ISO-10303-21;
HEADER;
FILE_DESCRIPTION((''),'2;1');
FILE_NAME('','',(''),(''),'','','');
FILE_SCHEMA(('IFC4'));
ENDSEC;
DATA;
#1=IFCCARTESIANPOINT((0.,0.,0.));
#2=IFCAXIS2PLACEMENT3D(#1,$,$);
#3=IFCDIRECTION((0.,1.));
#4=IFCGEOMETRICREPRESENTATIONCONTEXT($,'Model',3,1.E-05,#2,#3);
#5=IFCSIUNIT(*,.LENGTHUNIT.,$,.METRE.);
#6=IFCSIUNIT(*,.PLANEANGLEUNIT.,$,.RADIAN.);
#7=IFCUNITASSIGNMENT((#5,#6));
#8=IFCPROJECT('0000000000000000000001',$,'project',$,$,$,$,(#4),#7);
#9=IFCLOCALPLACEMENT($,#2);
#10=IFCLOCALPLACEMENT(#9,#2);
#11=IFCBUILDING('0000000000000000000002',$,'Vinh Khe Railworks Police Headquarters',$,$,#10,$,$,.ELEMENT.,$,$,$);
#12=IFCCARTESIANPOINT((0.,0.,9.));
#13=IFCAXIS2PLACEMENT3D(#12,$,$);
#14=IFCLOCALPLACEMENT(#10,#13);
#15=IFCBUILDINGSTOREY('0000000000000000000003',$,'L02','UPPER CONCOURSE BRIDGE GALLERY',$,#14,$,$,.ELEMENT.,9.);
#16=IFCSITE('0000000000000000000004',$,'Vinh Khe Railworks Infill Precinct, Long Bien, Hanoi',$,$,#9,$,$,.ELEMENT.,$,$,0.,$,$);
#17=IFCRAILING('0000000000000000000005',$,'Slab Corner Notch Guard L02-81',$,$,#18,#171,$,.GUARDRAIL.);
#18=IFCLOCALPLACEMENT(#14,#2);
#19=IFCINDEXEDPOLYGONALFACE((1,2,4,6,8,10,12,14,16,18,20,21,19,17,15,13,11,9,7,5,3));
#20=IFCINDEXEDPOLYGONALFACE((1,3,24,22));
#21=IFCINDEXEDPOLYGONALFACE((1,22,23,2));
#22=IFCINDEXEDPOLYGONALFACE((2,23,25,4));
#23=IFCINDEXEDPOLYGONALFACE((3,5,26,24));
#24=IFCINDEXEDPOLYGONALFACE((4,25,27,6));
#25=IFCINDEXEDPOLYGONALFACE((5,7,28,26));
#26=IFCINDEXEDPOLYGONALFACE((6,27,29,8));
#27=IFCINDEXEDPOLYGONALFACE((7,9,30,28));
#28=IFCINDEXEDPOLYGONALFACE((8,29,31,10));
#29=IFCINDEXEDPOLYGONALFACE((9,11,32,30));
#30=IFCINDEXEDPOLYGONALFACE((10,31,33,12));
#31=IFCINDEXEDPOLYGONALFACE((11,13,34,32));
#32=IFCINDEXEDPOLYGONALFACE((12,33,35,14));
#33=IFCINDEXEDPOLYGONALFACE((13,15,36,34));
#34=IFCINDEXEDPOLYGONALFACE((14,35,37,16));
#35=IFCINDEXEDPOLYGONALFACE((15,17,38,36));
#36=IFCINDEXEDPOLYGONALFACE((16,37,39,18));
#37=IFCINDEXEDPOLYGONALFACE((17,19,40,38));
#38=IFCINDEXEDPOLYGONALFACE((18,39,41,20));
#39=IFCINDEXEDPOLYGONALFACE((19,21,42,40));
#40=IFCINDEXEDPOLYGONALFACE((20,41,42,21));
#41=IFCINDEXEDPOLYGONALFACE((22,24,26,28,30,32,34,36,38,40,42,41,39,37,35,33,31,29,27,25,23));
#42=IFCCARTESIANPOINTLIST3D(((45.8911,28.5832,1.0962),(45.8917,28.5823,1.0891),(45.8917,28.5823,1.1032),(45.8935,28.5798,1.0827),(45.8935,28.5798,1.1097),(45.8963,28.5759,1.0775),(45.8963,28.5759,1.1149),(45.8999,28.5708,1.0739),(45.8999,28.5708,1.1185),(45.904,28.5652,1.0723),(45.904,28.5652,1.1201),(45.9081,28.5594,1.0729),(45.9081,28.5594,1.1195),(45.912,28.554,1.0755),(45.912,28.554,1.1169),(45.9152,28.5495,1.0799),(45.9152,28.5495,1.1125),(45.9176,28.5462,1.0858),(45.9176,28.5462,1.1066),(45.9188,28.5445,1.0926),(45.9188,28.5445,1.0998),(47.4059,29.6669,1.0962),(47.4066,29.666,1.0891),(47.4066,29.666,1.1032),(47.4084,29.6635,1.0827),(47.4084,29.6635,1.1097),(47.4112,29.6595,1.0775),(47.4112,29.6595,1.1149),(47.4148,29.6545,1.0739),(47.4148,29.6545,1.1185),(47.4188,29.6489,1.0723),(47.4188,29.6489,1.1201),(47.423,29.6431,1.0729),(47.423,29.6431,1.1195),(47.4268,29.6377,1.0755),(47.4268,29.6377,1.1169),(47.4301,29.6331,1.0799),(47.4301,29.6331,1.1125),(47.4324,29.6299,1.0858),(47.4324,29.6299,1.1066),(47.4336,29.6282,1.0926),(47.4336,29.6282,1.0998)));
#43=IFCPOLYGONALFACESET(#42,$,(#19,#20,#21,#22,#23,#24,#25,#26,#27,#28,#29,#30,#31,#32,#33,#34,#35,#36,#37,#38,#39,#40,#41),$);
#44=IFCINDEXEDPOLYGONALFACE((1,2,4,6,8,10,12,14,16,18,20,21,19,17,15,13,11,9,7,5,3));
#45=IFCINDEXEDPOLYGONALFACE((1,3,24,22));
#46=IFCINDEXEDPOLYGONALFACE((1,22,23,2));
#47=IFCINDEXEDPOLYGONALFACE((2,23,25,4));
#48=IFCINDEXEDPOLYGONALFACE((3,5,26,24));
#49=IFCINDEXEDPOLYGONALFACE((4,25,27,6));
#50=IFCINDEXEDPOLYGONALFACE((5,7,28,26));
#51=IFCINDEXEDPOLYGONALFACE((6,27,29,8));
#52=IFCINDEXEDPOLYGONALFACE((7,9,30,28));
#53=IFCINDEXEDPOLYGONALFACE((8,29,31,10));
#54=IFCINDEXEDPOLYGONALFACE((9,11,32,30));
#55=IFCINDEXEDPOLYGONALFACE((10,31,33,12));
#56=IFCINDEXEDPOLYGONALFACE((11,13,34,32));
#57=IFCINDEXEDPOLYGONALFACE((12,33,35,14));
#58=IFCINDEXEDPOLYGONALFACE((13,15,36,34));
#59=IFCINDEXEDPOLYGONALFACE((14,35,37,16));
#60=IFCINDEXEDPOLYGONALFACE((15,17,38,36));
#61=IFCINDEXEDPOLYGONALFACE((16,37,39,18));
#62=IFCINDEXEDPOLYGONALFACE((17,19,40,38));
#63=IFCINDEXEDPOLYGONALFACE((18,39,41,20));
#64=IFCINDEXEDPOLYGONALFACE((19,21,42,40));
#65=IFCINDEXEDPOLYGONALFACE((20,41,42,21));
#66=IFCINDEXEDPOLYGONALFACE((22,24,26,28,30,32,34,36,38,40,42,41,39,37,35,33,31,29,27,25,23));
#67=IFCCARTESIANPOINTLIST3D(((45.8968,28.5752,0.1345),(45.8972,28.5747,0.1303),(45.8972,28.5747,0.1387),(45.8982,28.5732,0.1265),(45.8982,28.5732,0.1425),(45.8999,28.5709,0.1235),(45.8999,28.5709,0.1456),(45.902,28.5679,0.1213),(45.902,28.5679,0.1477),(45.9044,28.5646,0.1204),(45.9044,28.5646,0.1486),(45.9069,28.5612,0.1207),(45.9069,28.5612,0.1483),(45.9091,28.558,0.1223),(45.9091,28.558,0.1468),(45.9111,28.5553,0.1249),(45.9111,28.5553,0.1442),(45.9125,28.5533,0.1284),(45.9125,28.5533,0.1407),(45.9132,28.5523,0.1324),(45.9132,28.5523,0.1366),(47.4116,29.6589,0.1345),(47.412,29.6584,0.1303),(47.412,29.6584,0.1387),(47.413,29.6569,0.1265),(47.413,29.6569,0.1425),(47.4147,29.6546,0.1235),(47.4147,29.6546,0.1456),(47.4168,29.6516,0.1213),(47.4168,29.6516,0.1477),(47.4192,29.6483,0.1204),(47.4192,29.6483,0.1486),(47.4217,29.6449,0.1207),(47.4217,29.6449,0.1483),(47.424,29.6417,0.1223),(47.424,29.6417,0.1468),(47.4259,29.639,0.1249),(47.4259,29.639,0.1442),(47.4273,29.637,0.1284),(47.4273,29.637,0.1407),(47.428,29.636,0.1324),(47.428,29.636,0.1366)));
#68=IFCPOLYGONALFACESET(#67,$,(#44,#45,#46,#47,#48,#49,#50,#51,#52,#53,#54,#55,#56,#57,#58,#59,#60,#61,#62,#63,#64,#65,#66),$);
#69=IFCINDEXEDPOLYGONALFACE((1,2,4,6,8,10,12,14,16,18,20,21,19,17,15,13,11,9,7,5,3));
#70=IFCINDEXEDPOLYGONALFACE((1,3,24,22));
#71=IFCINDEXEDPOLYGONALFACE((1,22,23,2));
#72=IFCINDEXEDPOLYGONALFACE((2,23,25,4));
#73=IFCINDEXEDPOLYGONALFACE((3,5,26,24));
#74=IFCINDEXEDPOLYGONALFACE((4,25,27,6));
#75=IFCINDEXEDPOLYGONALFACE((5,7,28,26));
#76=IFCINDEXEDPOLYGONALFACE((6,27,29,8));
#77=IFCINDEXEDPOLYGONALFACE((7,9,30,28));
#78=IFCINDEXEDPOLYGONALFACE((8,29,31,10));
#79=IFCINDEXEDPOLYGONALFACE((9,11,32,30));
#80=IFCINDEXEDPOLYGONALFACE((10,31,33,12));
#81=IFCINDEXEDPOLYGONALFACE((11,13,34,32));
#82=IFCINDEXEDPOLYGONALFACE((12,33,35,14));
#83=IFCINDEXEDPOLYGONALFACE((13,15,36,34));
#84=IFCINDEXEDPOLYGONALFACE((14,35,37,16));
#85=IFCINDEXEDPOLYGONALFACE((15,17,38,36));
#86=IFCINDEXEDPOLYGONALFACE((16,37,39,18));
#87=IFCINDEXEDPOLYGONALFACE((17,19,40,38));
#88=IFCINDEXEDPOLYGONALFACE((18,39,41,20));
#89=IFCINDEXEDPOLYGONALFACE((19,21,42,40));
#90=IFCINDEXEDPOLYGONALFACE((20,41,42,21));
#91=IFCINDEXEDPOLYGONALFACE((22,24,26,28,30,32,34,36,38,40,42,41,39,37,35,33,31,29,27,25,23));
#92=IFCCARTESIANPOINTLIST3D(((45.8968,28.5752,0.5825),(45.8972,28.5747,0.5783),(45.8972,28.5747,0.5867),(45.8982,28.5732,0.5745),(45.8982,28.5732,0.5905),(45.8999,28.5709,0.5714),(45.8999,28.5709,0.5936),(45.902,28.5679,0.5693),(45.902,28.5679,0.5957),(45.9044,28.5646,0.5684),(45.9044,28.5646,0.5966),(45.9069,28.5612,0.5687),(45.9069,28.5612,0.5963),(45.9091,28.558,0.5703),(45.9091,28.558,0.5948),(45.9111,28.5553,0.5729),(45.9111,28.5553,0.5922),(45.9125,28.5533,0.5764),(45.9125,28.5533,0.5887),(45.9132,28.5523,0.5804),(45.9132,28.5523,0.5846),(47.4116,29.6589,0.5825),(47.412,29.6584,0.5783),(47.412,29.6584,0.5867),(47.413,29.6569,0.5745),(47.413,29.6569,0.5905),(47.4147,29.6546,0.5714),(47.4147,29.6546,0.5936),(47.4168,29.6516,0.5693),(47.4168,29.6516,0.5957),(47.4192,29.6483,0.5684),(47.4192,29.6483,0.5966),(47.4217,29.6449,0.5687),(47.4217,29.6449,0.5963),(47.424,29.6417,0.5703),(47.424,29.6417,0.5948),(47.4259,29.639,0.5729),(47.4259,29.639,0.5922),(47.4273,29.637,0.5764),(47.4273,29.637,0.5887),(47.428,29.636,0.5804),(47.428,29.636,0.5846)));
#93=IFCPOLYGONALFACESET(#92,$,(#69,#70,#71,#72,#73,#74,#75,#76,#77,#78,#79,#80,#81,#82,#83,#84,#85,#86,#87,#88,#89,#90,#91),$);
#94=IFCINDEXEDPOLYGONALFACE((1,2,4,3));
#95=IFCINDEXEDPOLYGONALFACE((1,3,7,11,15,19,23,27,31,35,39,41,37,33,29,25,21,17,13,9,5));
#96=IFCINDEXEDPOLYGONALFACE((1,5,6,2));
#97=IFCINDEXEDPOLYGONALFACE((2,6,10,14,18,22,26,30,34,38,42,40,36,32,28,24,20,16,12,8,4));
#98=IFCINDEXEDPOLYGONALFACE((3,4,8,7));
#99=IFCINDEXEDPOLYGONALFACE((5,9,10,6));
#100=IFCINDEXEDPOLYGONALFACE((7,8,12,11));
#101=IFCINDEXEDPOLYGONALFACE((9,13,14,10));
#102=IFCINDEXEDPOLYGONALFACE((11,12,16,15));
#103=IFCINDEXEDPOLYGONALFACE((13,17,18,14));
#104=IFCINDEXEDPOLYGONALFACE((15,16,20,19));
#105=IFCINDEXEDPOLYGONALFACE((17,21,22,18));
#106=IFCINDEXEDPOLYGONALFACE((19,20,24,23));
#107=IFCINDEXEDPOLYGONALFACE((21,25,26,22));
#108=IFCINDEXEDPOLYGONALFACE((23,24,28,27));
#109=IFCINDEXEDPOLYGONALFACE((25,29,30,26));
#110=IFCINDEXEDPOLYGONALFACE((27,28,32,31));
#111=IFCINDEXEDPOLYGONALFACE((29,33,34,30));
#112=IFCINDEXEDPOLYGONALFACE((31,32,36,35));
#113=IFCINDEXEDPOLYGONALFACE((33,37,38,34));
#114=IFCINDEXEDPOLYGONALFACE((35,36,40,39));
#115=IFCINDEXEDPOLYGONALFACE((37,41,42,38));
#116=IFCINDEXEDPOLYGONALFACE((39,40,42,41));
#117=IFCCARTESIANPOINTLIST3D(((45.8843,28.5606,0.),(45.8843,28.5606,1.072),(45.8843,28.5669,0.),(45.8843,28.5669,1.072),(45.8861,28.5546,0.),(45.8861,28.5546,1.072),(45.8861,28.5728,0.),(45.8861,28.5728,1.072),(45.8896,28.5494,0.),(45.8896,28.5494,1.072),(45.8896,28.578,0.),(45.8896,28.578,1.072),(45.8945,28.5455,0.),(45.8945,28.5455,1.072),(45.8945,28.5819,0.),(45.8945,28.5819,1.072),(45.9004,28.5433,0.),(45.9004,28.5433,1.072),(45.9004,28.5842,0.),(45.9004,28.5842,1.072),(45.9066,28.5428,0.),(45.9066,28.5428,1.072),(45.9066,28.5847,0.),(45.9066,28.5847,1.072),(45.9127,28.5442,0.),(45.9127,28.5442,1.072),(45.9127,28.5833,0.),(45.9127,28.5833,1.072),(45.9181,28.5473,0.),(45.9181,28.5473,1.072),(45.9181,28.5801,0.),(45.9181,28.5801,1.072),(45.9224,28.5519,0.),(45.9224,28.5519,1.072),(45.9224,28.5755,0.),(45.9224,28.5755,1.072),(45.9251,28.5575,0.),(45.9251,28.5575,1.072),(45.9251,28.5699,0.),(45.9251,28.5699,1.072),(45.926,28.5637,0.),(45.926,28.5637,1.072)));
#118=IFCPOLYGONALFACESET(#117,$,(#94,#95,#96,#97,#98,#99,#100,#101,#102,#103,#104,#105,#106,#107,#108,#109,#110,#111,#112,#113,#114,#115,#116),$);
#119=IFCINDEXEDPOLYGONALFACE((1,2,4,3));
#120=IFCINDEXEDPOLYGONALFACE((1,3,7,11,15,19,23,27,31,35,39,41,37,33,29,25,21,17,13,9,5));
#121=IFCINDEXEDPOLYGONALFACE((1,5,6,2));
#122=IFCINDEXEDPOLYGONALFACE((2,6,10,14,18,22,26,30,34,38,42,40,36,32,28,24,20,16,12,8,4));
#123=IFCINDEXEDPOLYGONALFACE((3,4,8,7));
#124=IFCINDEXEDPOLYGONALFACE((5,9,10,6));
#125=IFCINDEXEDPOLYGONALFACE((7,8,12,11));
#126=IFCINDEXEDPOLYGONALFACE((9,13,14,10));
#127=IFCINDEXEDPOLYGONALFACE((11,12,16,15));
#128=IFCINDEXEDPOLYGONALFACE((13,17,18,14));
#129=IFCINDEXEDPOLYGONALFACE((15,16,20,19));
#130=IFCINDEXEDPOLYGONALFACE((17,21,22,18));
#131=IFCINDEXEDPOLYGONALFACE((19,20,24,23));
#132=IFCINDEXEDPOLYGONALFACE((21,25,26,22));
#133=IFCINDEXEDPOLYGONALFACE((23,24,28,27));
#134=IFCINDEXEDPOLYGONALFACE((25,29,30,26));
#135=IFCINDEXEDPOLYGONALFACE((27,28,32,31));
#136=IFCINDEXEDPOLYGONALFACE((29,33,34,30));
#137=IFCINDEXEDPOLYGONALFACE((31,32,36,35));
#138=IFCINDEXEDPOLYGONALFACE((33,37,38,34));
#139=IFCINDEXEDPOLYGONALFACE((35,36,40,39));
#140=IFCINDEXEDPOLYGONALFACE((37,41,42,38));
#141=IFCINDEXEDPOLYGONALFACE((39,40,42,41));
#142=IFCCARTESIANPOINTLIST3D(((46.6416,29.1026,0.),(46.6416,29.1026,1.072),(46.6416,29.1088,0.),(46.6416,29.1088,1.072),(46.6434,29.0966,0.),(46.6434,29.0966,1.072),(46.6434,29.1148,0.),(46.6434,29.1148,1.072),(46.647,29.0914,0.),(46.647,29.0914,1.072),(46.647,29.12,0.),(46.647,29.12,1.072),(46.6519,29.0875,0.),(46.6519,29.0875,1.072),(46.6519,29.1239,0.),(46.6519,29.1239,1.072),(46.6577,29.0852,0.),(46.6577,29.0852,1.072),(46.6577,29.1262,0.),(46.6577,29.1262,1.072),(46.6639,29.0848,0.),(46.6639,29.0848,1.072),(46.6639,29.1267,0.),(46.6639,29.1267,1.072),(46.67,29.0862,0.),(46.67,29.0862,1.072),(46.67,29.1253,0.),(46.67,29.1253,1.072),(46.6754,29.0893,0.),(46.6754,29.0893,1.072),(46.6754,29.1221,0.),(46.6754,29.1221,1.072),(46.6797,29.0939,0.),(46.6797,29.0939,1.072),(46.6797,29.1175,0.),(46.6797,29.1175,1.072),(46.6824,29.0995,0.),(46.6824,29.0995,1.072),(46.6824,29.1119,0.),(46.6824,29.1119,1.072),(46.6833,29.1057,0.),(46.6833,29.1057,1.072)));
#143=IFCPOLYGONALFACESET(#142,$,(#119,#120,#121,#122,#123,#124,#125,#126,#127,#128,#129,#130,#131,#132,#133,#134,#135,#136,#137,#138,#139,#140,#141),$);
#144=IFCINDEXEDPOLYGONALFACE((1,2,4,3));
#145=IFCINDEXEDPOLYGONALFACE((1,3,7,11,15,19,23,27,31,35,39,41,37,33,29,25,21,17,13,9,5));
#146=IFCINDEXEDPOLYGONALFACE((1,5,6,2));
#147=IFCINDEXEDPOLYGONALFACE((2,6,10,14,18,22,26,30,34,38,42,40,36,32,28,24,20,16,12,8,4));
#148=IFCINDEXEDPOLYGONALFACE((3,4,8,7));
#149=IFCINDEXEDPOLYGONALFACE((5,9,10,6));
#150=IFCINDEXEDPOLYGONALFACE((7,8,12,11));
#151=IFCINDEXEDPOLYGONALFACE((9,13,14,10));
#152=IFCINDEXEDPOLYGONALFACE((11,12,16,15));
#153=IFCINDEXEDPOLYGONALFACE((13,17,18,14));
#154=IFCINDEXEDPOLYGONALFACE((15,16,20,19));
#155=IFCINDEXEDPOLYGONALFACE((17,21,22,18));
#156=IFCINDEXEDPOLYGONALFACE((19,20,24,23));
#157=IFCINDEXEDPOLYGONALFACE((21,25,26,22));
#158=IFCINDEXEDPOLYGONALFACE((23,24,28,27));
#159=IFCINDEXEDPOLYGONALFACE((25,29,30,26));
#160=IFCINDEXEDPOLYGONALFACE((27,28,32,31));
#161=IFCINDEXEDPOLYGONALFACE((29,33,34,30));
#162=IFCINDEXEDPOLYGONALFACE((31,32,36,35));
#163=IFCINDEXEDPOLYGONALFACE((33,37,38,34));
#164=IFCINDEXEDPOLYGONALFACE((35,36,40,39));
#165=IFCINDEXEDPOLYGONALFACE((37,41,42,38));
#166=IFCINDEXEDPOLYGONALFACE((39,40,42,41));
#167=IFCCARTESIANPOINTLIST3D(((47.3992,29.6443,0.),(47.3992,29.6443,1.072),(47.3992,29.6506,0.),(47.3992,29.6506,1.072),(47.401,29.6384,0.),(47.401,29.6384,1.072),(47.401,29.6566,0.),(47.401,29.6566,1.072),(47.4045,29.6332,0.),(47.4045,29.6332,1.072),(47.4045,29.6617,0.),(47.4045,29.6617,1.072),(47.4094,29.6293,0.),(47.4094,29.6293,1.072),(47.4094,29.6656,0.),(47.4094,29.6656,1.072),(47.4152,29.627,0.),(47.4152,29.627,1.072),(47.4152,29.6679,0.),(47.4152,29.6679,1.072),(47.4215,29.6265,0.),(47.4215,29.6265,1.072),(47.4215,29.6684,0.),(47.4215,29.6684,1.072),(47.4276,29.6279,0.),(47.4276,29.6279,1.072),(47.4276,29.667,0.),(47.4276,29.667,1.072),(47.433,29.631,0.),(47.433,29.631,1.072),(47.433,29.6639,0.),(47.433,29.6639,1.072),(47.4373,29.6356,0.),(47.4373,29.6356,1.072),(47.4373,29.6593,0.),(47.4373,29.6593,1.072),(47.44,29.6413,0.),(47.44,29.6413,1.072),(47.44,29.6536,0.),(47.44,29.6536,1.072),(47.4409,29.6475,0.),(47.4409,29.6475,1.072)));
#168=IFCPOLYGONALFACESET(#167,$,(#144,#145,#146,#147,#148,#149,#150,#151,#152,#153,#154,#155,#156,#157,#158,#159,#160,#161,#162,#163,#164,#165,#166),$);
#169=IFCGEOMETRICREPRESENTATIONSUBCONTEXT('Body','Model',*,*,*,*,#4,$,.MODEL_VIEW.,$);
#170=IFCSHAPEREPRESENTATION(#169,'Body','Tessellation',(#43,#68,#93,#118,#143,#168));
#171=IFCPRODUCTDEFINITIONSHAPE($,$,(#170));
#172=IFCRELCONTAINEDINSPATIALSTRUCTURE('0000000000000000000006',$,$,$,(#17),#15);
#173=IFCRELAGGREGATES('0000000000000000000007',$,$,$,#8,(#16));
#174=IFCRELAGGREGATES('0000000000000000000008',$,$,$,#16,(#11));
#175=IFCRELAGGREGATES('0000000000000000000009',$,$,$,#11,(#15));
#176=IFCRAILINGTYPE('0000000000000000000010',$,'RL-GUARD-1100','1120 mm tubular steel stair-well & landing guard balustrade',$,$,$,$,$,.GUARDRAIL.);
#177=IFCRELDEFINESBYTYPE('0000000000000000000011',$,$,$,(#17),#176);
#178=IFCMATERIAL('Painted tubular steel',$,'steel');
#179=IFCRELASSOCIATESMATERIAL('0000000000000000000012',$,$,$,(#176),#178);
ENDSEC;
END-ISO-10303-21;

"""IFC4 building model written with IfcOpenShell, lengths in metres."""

from ifc_helpers import new_model, si_unit, direction, frame, origin, origin_2d, place, context, subcontext, project, spatial, circle, extrude, material, type_object, element, save


model = new_model("IFC4")

# Units and contexts
model_context = context("Model", 3, precision=1e-05, world=origin(), true_north=direction((0.0, 1.0)))
body_context = subcontext(model_context, "Body", "Model", "MODEL_VIEW")
ifc_project = project(units=[si_unit("LENGTHUNIT", "METRE"), si_unit("PLANEANGLEUNIT", "RADIAN")], contexts=[model_context])

# Site, building, storey
site_placement = place(None, origin())
site = spatial("IfcSite", under=ifc_project, at=site_placement, Name="Vinh Khe Railworks Infill Precinct, Long Bien, Hanoi", CompositionType="ELEMENT", RefElevation=0.0)
building_placement = place(site_placement, origin())
building = spatial("IfcBuilding", under=site, at=building_placement, Name="Vinh Khe Railworks Police Headquarters", CompositionType="ELEMENT")
storey_placement = place(building_placement, frame((0.0, 0.0, 9.0)))
storey = spatial("IfcBuildingStorey", under=building, at=storey_placement, Name="L02", Description="UPPER CONCOURSE BRIDGE GALLERY", CompositionType="ELEMENT", Elevation=9.0)

# Railing
ifc_material_1 = material(Name="Painted tubular steel", Category="steel")
railing_type_1 = type_object("IfcRailingType", Name="RL-GUARD-1100", Description="1120 mm tubular steel stair-well & landing guard balustrade", PredefinedType="GUARDRAIL", material=ifc_material_1)
railing_1_placement = place(storey_placement, frame((45.905, 28.5637, 0.0)))
element("IfcRailing", 1, at=railing_1_placement, inside=storey, type_object=railing_type_1, Name="Slab Corner Notch Guard L02-81", PredefinedType="GUARDRAIL", context=body_context, shape_type="SweptSolid", body=[
    extrude(circle(Radius=0.0239, at=origin_2d()), frame((0.0, 0.0, 1.0962), z_axis=(0.813308, 0.581833, 0.0), x_axis=(-0.581833, 0.813308, 0.0)), (0.0, 0.0, 1.0), 1.8625),
    extrude(circle(Radius=0.0142, at=origin_2d()), frame((0.0, 0.0, 0.1345), z_axis=(0.813308, 0.581833, 0.0), x_axis=(-0.581833, 0.813308, 0.0)), (0.0, 0.0, 1.0), 1.8625),
    extrude(circle(Radius=0.0142, at=origin_2d()), frame((0.0, 0.0, 0.5825), z_axis=(0.813308, 0.581833, 0.0), x_axis=(-0.581833, 0.813308, 0.0)), (0.0, 0.0, 1.0), 1.8625),
    extrude(circle(Radius=0.021, at=origin_2d()), origin(), (0.0, 0.0, 1.0), 1.072),
    extrude(circle(Radius=0.021, at=origin_2d()), frame((0.7573, 0.542, 0.0)), (0.0, 0.0, 1.0), 1.072),
    extrude(circle(Radius=0.021, at=origin_2d()), frame((1.5149, 1.0837, 0.0)), (0.0, 0.0, 1.0), 1.072),
])

save(model, "model.ifc")
